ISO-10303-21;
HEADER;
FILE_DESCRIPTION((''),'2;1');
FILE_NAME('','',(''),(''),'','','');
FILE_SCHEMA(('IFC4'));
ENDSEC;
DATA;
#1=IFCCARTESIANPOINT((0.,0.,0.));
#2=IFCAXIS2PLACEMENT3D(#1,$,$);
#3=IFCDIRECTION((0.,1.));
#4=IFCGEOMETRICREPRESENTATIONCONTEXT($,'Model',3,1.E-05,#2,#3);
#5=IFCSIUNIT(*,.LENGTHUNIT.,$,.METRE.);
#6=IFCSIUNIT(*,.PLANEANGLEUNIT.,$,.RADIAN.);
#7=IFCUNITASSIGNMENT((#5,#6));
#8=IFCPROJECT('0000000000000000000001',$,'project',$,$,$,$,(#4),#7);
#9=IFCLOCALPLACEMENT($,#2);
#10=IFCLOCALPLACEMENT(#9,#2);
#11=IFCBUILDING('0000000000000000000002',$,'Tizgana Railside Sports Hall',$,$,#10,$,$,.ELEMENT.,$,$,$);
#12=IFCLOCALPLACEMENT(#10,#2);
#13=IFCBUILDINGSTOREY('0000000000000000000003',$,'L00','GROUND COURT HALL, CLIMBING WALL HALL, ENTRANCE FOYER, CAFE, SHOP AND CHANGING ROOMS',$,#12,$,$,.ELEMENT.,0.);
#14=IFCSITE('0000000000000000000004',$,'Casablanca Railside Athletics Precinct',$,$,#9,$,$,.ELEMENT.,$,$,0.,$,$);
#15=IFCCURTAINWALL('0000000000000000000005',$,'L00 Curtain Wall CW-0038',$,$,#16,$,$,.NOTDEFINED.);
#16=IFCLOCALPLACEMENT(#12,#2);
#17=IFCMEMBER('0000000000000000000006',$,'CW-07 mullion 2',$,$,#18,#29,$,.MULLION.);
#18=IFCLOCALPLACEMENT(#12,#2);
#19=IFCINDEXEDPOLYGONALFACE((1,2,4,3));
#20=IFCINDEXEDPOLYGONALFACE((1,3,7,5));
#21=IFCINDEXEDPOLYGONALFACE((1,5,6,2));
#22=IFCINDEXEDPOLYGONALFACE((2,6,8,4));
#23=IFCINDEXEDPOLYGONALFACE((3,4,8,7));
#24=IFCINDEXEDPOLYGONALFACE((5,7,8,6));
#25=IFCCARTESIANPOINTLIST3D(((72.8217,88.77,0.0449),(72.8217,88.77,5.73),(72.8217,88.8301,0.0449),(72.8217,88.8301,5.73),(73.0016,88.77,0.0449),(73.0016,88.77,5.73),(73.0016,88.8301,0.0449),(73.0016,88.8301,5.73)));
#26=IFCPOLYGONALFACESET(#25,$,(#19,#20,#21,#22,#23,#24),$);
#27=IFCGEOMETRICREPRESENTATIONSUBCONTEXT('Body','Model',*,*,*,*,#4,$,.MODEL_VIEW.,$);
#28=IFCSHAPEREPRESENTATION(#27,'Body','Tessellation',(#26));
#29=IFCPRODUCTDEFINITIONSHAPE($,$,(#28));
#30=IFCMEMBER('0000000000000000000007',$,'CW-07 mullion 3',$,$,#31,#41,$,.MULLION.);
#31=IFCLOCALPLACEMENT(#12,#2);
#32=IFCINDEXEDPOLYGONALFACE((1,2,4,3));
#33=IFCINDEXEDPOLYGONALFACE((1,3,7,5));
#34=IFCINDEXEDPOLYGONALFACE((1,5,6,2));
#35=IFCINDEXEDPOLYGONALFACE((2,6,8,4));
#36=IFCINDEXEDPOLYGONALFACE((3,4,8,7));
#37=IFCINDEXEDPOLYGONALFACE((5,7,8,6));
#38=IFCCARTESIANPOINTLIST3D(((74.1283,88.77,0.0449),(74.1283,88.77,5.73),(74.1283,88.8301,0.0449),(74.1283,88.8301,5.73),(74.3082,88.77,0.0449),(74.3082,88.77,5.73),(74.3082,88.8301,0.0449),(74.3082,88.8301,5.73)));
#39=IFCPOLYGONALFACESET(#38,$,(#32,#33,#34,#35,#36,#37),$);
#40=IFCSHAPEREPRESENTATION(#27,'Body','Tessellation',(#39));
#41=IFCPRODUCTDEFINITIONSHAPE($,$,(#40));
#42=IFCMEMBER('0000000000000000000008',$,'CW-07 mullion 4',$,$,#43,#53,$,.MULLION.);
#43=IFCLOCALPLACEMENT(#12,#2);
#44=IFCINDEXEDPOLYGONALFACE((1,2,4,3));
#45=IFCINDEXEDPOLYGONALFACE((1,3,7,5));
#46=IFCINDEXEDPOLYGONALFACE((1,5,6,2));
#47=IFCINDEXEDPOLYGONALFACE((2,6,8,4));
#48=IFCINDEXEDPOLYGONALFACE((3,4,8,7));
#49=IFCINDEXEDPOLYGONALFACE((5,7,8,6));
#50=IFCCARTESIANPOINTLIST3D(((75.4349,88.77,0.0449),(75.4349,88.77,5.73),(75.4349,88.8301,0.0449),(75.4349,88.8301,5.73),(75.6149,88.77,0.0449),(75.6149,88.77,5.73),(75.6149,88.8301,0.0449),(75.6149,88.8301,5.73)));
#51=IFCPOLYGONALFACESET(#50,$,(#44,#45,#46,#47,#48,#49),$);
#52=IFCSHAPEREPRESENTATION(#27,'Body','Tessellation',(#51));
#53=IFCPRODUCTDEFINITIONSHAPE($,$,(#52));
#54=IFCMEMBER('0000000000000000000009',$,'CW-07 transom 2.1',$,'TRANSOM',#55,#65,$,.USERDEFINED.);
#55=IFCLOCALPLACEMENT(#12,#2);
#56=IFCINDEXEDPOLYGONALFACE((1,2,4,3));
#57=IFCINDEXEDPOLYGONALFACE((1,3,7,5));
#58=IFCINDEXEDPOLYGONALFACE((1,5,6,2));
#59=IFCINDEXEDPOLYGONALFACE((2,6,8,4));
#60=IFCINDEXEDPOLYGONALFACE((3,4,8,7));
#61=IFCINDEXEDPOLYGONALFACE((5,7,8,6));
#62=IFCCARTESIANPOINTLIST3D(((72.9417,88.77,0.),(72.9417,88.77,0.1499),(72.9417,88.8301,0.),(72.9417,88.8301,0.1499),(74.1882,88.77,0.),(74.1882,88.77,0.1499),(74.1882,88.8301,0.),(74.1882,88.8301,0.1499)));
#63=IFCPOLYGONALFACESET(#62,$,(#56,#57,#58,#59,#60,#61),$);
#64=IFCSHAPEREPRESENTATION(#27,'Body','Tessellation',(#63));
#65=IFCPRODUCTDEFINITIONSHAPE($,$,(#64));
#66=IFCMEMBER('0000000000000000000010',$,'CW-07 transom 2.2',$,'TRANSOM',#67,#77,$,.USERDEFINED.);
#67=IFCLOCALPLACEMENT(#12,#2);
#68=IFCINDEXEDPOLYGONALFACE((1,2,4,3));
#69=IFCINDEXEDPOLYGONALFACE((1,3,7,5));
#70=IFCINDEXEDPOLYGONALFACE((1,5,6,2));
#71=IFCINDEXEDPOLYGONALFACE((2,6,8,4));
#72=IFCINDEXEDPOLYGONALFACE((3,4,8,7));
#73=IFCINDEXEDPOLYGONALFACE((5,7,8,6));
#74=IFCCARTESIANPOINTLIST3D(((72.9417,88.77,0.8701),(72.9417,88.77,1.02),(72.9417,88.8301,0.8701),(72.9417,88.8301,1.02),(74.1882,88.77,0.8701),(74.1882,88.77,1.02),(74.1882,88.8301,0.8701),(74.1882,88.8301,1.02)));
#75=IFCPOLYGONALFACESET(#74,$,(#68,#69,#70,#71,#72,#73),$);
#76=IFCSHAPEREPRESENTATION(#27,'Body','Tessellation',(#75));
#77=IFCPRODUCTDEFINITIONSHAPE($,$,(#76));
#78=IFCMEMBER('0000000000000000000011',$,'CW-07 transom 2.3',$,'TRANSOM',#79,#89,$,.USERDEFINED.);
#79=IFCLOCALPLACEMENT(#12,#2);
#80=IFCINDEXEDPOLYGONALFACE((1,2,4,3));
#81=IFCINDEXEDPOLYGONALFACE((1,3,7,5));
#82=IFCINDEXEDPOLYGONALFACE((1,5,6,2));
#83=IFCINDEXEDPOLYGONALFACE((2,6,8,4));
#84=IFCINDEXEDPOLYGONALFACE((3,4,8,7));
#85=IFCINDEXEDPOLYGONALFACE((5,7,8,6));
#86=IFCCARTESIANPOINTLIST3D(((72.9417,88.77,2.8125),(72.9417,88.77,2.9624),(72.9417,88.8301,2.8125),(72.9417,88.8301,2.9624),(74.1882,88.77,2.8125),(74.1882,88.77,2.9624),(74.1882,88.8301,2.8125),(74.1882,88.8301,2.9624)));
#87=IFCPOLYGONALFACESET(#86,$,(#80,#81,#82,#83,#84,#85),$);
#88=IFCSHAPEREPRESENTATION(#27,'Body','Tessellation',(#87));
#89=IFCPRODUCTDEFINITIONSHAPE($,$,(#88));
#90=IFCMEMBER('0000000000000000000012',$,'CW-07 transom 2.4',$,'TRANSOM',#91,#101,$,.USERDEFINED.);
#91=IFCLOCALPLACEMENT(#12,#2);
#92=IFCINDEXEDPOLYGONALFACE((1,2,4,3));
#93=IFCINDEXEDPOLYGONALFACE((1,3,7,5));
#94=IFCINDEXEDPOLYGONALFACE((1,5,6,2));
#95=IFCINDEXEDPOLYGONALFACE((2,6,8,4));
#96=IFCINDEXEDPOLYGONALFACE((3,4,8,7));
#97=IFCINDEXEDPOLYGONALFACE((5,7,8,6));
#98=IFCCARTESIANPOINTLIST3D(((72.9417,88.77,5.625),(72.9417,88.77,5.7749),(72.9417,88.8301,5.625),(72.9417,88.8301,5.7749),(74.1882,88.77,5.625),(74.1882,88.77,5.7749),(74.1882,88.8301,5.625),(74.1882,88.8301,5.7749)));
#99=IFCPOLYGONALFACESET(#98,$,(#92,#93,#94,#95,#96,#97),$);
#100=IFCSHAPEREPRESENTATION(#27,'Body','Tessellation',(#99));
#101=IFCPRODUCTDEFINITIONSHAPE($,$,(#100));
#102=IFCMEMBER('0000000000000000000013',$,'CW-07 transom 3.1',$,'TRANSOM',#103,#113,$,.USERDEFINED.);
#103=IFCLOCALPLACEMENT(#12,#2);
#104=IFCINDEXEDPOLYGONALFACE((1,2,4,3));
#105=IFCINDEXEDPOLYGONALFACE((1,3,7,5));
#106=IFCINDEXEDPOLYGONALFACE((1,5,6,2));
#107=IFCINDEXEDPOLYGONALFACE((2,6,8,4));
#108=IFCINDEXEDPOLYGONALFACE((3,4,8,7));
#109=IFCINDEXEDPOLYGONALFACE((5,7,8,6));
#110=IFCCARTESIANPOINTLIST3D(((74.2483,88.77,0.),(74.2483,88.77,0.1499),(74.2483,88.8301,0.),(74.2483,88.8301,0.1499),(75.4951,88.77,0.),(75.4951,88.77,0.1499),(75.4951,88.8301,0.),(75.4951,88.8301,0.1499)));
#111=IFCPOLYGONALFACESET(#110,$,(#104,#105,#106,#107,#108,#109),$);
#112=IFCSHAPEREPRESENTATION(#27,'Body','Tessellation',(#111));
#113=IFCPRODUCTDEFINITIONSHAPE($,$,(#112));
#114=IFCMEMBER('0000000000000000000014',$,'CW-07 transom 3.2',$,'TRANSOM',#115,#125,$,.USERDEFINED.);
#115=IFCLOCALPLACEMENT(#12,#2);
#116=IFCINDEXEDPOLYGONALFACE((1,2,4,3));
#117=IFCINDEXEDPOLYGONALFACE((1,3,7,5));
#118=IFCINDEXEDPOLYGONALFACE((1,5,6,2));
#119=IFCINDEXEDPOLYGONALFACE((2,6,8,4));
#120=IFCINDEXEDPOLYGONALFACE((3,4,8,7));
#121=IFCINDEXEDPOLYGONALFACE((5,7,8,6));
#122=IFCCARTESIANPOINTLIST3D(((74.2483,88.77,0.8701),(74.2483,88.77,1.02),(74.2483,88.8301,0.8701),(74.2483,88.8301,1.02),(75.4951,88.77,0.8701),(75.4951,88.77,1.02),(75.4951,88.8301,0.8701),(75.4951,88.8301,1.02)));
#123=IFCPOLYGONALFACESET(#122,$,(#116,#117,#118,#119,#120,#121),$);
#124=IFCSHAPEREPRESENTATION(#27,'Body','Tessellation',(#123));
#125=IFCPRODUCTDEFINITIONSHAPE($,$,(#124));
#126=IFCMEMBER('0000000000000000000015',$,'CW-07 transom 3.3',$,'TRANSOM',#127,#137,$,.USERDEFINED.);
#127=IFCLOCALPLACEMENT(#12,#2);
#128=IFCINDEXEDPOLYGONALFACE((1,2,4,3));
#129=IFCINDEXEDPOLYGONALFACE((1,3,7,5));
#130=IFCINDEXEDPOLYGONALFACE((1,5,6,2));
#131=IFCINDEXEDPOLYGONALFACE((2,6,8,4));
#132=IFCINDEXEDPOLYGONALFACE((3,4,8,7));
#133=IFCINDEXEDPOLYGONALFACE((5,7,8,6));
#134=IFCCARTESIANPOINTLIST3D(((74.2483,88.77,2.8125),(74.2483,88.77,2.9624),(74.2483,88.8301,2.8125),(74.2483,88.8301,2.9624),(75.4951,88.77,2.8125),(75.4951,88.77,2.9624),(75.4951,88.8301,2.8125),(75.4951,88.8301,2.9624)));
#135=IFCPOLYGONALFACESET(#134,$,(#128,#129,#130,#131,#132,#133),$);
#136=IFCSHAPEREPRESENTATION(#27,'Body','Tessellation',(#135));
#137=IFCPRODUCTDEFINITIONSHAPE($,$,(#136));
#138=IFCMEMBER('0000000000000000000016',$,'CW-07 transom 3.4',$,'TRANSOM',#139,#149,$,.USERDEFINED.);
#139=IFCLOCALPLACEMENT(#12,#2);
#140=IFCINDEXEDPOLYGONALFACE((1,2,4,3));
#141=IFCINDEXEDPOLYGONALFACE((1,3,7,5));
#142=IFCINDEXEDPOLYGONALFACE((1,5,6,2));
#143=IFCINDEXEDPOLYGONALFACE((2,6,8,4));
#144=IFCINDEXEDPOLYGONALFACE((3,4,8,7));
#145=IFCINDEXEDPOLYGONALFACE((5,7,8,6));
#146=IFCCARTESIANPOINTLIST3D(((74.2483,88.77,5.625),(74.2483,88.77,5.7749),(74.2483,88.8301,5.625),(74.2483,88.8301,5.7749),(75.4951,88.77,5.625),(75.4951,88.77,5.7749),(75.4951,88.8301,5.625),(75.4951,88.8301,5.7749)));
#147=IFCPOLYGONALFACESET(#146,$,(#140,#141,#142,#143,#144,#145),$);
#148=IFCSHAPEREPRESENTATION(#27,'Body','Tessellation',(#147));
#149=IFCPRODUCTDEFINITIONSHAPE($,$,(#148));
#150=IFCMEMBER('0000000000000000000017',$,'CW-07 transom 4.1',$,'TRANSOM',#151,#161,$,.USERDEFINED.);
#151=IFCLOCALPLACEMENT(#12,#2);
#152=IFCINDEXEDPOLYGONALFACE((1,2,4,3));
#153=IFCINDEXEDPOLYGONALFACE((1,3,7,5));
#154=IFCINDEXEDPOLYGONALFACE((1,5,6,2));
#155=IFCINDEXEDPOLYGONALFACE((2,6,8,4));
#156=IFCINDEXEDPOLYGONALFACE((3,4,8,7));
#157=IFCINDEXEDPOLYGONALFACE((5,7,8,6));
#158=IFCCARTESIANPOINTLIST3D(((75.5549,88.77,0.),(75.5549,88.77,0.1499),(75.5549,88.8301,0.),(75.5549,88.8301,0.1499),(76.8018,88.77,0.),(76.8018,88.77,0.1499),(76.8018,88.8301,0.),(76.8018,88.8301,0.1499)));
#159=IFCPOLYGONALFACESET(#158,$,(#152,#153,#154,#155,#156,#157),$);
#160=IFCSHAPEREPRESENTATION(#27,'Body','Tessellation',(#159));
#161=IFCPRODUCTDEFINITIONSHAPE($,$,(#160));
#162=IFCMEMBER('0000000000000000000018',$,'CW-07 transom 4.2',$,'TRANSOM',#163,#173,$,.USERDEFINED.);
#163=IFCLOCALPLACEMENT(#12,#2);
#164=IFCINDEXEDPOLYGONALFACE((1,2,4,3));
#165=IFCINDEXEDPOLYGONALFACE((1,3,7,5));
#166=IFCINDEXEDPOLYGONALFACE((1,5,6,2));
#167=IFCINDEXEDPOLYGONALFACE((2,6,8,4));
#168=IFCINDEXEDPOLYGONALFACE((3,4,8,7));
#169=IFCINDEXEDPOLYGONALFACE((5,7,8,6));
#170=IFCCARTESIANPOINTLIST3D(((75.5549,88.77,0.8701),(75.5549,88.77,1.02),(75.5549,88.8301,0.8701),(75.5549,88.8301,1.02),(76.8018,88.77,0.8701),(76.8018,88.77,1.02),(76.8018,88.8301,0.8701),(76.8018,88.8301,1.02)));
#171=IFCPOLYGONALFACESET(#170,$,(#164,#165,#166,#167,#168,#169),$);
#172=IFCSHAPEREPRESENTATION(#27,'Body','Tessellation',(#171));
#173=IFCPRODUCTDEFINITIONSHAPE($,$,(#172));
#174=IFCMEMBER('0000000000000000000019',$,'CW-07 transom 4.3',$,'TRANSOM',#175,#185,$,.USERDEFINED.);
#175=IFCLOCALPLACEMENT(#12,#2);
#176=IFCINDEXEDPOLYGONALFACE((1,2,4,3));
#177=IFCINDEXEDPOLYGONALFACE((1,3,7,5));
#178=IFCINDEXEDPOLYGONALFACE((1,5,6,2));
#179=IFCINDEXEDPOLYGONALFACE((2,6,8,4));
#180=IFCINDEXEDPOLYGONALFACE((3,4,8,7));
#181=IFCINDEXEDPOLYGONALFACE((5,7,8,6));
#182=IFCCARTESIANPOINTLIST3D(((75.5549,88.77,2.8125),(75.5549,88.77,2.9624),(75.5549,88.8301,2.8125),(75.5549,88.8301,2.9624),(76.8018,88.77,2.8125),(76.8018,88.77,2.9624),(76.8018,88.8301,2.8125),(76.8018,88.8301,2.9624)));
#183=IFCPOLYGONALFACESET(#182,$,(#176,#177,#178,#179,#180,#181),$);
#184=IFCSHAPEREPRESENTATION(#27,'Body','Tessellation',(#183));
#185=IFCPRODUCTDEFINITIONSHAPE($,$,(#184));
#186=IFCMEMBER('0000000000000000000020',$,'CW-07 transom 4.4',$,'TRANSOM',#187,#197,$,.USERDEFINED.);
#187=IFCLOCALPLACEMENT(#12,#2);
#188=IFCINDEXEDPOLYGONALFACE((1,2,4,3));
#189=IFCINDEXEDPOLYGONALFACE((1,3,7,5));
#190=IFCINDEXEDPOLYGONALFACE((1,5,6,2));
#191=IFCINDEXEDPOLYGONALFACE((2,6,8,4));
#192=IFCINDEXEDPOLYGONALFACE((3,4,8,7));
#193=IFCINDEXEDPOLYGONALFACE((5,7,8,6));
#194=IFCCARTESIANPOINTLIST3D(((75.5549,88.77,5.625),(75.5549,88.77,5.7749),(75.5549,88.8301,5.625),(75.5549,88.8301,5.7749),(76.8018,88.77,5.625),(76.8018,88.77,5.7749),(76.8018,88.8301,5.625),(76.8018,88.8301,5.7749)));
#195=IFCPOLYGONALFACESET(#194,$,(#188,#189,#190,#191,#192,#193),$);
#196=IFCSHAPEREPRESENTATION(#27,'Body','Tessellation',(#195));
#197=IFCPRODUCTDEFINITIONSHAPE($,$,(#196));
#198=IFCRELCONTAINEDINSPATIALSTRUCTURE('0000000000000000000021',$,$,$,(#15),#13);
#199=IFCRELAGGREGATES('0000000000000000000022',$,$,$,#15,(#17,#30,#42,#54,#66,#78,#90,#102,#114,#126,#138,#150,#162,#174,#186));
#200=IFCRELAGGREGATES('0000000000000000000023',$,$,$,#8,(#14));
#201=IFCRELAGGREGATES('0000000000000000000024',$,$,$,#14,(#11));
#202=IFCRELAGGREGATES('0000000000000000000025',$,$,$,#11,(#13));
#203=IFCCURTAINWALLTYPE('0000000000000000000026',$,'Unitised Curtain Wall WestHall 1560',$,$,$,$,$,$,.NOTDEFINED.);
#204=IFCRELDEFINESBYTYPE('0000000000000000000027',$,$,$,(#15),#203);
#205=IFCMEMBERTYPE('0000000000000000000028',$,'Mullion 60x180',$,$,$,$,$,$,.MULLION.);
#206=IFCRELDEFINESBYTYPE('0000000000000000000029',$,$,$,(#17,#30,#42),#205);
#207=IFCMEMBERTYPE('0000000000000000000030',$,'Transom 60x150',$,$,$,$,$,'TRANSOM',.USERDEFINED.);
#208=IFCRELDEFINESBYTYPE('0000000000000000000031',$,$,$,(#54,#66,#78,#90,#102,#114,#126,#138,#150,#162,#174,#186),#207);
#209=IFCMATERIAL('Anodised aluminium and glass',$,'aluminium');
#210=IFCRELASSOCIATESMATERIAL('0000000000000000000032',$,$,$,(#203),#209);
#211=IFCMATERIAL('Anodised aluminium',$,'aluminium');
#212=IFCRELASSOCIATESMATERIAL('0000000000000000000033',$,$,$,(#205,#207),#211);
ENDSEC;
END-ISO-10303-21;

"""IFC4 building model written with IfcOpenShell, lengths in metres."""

from ifc_helpers import new_model, si_unit, direction, frame, origin, origin_2d, place, context, subcontext, project, spatial, rectangle, extrude, material, material_profile, profile_set, type_object, element, aggregate, save


model = new_model("IFC4")

# Units and contexts
model_context = context("Model", 3, precision=1e-05, world=origin(), true_north=direction((0.0, 1.0)))
body_context = subcontext(model_context, "Body", "Model", "MODEL_VIEW")
ifc_project = project(units=[si_unit("LENGTHUNIT", "METRE"), si_unit("PLANEANGLEUNIT", "RADIAN")], contexts=[model_context])

# Site, building, storey
site_placement = place(None, origin())
site = spatial("IfcSite", under=ifc_project, at=site_placement, Name="Casablanca Railside Athletics Precinct", CompositionType="ELEMENT", RefElevation=0.0)
building_placement = place(site_placement, origin())
building = spatial("IfcBuilding", under=site, at=building_placement, Name="Tizgana Railside Sports Hall", CompositionType="ELEMENT")
storey_placement = place(building_placement, origin())
storey = spatial("IfcBuildingStorey", under=building, at=storey_placement, Name="L00", Description="GROUND COURT HALL, CLIMBING WALL HALL, ENTRANCE FOYER, CAFE, SHOP AND CHANGING ROOMS", CompositionType="ELEMENT", Elevation=0.0)

# Curtain wall, members
ifc_material_1 = material(Name="Anodised aluminium and glass", Category="aluminium")
curtain_wall_type = type_object("IfcCurtainWallType", Name="Unitised Curtain Wall WestHall 1560", PredefinedType="NOTDEFINED", material=ifc_material_1)
curtain_wall_placement = place(storey_placement, origin())
curtain_wall = element("IfcCurtainWall", 1, at=curtain_wall_placement, inside=storey, type_object=curtain_wall_type, Name="L00 Curtain Wall CW-0038", PredefinedType="NOTDEFINED")
ifc_material_2 = material(Name="Anodised aluminium", Category="aluminium")
ifc_material_profile_1 = material_profile(ifc_material_2, rectangle(XDim=0.0601, YDim=0.1799, at=origin_2d()), Name="Mullion 60x180")
ifc_profile_set_1 = profile_set([ifc_material_profile_1], Name="Anodised aluminium")
member_type_1 = type_object("IfcMemberType", Name="Mullion 60x180", PredefinedType="MULLION", material=ifc_profile_set_1)
member_1_placement = place(storey_placement, frame((72.9116, 88.8, 0.0449), z_axis=(0.0, 0.0, 1.0), x_axis=(0.0, 1.0, 0.0)))
member_1 = element("IfcMember", 2, at=member_1_placement, type_object=member_type_1, Name="CW-07 mullion 2", PredefinedType="MULLION", context=body_context, shape_type="SweptSolid", body=[
    extrude(rectangle(XDim=0.0601, YDim=0.1799, at=origin_2d()), origin(), (0.0, 0.0, 1.0), 5.6851),
])
member_2_placement = place(storey_placement, frame((74.2183, 88.8, 0.0449), z_axis=(0.0, 0.0, 1.0), x_axis=(0.0, 1.0, 0.0)))
member_2 = element("IfcMember", 3, at=member_2_placement, type_object=member_type_1, Name="CW-07 mullion 3", PredefinedType="MULLION", context=body_context, shape_type="SweptSolid", body=[
    extrude(rectangle(XDim=0.0601, YDim=0.1799, at=origin_2d()), origin(), (0.0, 0.0, 1.0), 5.6851),
])
member_3_placement = place(storey_placement, frame((75.5249, 88.8, 0.0449), z_axis=(0.0, 0.0, 1.0), x_axis=(0.0, 1.0, 0.0)))
member_3 = element("IfcMember", 4, at=member_3_placement, type_object=member_type_1, Name="CW-07 mullion 4", PredefinedType="MULLION", context=body_context, shape_type="SweptSolid", body=[
    extrude(rectangle(XDim=0.0601, YDim=0.1799, at=origin_2d()), origin(), (0.0, 0.0, 1.0), 5.6851),
])
ifc_material_profile_2 = material_profile(ifc_material_2, rectangle(XDim=0.0601, YDim=0.1499, at=origin_2d()), Name="Transom 60x150")
ifc_profile_set_2 = profile_set([ifc_material_profile_2], Name="Anodised aluminium")
member_type_2 = type_object("IfcMemberType", Name="Transom 60x150", ElementType="TRANSOM", PredefinedType="USERDEFINED", material=ifc_profile_set_2)
member_4_placement = place(storey_placement, frame((72.9417, 88.8, 0.075), z_axis=(1.0, 0.0, 0.0), x_axis=(0.0, 1.0, 0.0)))
member_4 = element("IfcMember", 5, at=member_4_placement, type_object=member_type_2, Name="CW-07 transom 2.1", ObjectType="TRANSOM", PredefinedType="USERDEFINED", context=body_context, shape_type="SweptSolid", body=[
    extrude(rectangle(XDim=0.0601, YDim=0.1499, at=origin_2d()), origin(), (0.0, 0.0, 1.0), 1.2466),
])
member_5_placement = place(storey_placement, frame((72.9417, 88.8, 0.9451), z_axis=(1.0, 0.0, 0.0), x_axis=(0.0, 1.0, 0.0)))
member_5 = element("IfcMember", 6, at=member_5_placement, type_object=member_type_2, Name="CW-07 transom 2.2", ObjectType="TRANSOM", PredefinedType="USERDEFINED", context=body_context, shape_type="SweptSolid", body=[
    extrude(rectangle(XDim=0.0601, YDim=0.1499, at=origin_2d()), origin(), (0.0, 0.0, 1.0), 1.2466),
])
member_6_placement = place(storey_placement, frame((72.9417, 88.8, 2.8875), z_axis=(1.0, 0.0, 0.0), x_axis=(0.0, 1.0, 0.0)))
member_6 = element("IfcMember", 7, at=member_6_placement, type_object=member_type_2, Name="CW-07 transom 2.3", ObjectType="TRANSOM", PredefinedType="USERDEFINED", context=body_context, shape_type="SweptSolid", body=[
    extrude(rectangle(XDim=0.0601, YDim=0.1499, at=origin_2d()), origin(), (0.0, 0.0, 1.0), 1.2466),
])
member_7_placement = place(storey_placement, frame((72.9417, 88.8, 5.7), z_axis=(1.0, 0.0, 0.0), x_axis=(0.0, 1.0, 0.0)))
member_7 = element("IfcMember", 8, at=member_7_placement, type_object=member_type_2, Name="CW-07 transom 2.4", ObjectType="TRANSOM", PredefinedType="USERDEFINED", context=body_context, shape_type="SweptSolid", body=[
    extrude(rectangle(XDim=0.0601, YDim=0.1499, at=origin_2d()), origin(), (0.0, 0.0, 1.0), 1.2466),
])
member_8_placement = place(storey_placement, frame((74.2483, 88.8, 0.075), z_axis=(1.0, 0.0, 0.0), x_axis=(0.0, 1.0, 0.0)))
member_8 = element("IfcMember", 9, at=member_8_placement, type_object=member_type_2, Name="CW-07 transom 3.1", ObjectType="TRANSOM", PredefinedType="USERDEFINED", context=body_context, shape_type="SweptSolid", body=[
    extrude(rectangle(XDim=0.0601, YDim=0.1499, at=origin_2d()), origin(), (0.0, 0.0, 1.0), 1.2468),
])
member_9_placement = place(storey_placement, frame((74.2483, 88.8, 0.9451), z_axis=(1.0, 0.0, 0.0), x_axis=(0.0, 1.0, 0.0)))
member_9 = element("IfcMember", 10, at=member_9_placement, type_object=member_type_2, Name="CW-07 transom 3.2", ObjectType="TRANSOM", PredefinedType="USERDEFINED", context=body_context, shape_type="SweptSolid", body=[
    extrude(rectangle(XDim=0.0601, YDim=0.1499, at=origin_2d()), origin(), (0.0, 0.0, 1.0), 1.2468),
])
member_10_placement = place(storey_placement, frame((74.2483, 88.8, 2.8875), z_axis=(1.0, 0.0, 0.0), x_axis=(0.0, 1.0, 0.0)))
member_10 = element("IfcMember", 11, at=member_10_placement, type_object=member_type_2, Name="CW-07 transom 3.3", ObjectType="TRANSOM", PredefinedType="USERDEFINED", context=body_context, shape_type="SweptSolid", body=[
    extrude(rectangle(XDim=0.0601, YDim=0.1499, at=origin_2d()), origin(), (0.0, 0.0, 1.0), 1.2468),
])
member_11_placement = place(storey_placement, frame((74.2483, 88.8, 5.7), z_axis=(1.0, 0.0, 0.0), x_axis=(0.0, 1.0, 0.0)))
member_11 = element("IfcMember", 12, at=member_11_placement, type_object=member_type_2, Name="CW-07 transom 3.4", ObjectType="TRANSOM", PredefinedType="USERDEFINED", context=body_context, shape_type="SweptSolid", body=[
    extrude(rectangle(XDim=0.0601, YDim=0.1499, at=origin_2d()), origin(), (0.0, 0.0, 1.0), 1.2468),
])
member_12_placement = place(storey_placement, frame((75.5549, 88.8, 0.075), z_axis=(1.0, 0.0, 0.0), x_axis=(0.0, 1.0, 0.0)))
member_12 = element("IfcMember", 13, at=member_12_placement, type_object=member_type_2, Name="CW-07 transom 4.1", ObjectType="TRANSOM", PredefinedType="USERDEFINED", context=body_context, shape_type="SweptSolid", body=[
    extrude(rectangle(XDim=0.0601, YDim=0.1499, at=origin_2d()), origin(), (0.0, 0.0, 1.0), 1.2468),
])
member_13_placement = place(storey_placement, frame((75.5549, 88.8, 0.9451), z_axis=(1.0, 0.0, 0.0), x_axis=(0.0, 1.0, 0.0)))
member_13 = element("IfcMember", 14, at=member_13_placement, type_object=member_type_2, Name="CW-07 transom 4.2", ObjectType="TRANSOM", PredefinedType="USERDEFINED", context=body_context, shape_type="SweptSolid", body=[
    extrude(rectangle(XDim=0.0601, YDim=0.1499, at=origin_2d()), origin(), (0.0, 0.0, 1.0), 1.2468),
])
member_14_placement = place(storey_placement, frame((75.5549, 88.8, 2.8875), z_axis=(1.0, 0.0, 0.0), x_axis=(0.0, 1.0, 0.0)))
member_14 = element("IfcMember", 15, at=member_14_placement, type_object=member_type_2, Name="CW-07 transom 4.3", ObjectType="TRANSOM", PredefinedType="USERDEFINED", context=body_context, shape_type="SweptSolid", body=[
    extrude(rectangle(XDim=0.0601, YDim=0.1499, at=origin_2d()), origin(), (0.0, 0.0, 1.0), 1.2468),
])
member_15_placement = place(storey_placement, frame((75.5549, 88.8, 5.7), z_axis=(1.0, 0.0, 0.0), x_axis=(0.0, 1.0, 0.0)))
member_15 = element("IfcMember", 16, at=member_15_placement, type_object=member_type_2, Name="CW-07 transom 4.4", ObjectType="TRANSOM", PredefinedType="USERDEFINED", context=body_context, shape_type="SweptSolid", body=[
    extrude(rectangle(XDim=0.0601, YDim=0.1499, at=origin_2d()), origin(), (0.0, 0.0, 1.0), 1.2468),
])
aggregate(curtain_wall, [member_1, member_2, member_3, member_4, member_5, member_6, member_7, member_8, member_9, member_10, member_11, member_12, member_13, member_14, member_15])

save(model, "model.ifc")
